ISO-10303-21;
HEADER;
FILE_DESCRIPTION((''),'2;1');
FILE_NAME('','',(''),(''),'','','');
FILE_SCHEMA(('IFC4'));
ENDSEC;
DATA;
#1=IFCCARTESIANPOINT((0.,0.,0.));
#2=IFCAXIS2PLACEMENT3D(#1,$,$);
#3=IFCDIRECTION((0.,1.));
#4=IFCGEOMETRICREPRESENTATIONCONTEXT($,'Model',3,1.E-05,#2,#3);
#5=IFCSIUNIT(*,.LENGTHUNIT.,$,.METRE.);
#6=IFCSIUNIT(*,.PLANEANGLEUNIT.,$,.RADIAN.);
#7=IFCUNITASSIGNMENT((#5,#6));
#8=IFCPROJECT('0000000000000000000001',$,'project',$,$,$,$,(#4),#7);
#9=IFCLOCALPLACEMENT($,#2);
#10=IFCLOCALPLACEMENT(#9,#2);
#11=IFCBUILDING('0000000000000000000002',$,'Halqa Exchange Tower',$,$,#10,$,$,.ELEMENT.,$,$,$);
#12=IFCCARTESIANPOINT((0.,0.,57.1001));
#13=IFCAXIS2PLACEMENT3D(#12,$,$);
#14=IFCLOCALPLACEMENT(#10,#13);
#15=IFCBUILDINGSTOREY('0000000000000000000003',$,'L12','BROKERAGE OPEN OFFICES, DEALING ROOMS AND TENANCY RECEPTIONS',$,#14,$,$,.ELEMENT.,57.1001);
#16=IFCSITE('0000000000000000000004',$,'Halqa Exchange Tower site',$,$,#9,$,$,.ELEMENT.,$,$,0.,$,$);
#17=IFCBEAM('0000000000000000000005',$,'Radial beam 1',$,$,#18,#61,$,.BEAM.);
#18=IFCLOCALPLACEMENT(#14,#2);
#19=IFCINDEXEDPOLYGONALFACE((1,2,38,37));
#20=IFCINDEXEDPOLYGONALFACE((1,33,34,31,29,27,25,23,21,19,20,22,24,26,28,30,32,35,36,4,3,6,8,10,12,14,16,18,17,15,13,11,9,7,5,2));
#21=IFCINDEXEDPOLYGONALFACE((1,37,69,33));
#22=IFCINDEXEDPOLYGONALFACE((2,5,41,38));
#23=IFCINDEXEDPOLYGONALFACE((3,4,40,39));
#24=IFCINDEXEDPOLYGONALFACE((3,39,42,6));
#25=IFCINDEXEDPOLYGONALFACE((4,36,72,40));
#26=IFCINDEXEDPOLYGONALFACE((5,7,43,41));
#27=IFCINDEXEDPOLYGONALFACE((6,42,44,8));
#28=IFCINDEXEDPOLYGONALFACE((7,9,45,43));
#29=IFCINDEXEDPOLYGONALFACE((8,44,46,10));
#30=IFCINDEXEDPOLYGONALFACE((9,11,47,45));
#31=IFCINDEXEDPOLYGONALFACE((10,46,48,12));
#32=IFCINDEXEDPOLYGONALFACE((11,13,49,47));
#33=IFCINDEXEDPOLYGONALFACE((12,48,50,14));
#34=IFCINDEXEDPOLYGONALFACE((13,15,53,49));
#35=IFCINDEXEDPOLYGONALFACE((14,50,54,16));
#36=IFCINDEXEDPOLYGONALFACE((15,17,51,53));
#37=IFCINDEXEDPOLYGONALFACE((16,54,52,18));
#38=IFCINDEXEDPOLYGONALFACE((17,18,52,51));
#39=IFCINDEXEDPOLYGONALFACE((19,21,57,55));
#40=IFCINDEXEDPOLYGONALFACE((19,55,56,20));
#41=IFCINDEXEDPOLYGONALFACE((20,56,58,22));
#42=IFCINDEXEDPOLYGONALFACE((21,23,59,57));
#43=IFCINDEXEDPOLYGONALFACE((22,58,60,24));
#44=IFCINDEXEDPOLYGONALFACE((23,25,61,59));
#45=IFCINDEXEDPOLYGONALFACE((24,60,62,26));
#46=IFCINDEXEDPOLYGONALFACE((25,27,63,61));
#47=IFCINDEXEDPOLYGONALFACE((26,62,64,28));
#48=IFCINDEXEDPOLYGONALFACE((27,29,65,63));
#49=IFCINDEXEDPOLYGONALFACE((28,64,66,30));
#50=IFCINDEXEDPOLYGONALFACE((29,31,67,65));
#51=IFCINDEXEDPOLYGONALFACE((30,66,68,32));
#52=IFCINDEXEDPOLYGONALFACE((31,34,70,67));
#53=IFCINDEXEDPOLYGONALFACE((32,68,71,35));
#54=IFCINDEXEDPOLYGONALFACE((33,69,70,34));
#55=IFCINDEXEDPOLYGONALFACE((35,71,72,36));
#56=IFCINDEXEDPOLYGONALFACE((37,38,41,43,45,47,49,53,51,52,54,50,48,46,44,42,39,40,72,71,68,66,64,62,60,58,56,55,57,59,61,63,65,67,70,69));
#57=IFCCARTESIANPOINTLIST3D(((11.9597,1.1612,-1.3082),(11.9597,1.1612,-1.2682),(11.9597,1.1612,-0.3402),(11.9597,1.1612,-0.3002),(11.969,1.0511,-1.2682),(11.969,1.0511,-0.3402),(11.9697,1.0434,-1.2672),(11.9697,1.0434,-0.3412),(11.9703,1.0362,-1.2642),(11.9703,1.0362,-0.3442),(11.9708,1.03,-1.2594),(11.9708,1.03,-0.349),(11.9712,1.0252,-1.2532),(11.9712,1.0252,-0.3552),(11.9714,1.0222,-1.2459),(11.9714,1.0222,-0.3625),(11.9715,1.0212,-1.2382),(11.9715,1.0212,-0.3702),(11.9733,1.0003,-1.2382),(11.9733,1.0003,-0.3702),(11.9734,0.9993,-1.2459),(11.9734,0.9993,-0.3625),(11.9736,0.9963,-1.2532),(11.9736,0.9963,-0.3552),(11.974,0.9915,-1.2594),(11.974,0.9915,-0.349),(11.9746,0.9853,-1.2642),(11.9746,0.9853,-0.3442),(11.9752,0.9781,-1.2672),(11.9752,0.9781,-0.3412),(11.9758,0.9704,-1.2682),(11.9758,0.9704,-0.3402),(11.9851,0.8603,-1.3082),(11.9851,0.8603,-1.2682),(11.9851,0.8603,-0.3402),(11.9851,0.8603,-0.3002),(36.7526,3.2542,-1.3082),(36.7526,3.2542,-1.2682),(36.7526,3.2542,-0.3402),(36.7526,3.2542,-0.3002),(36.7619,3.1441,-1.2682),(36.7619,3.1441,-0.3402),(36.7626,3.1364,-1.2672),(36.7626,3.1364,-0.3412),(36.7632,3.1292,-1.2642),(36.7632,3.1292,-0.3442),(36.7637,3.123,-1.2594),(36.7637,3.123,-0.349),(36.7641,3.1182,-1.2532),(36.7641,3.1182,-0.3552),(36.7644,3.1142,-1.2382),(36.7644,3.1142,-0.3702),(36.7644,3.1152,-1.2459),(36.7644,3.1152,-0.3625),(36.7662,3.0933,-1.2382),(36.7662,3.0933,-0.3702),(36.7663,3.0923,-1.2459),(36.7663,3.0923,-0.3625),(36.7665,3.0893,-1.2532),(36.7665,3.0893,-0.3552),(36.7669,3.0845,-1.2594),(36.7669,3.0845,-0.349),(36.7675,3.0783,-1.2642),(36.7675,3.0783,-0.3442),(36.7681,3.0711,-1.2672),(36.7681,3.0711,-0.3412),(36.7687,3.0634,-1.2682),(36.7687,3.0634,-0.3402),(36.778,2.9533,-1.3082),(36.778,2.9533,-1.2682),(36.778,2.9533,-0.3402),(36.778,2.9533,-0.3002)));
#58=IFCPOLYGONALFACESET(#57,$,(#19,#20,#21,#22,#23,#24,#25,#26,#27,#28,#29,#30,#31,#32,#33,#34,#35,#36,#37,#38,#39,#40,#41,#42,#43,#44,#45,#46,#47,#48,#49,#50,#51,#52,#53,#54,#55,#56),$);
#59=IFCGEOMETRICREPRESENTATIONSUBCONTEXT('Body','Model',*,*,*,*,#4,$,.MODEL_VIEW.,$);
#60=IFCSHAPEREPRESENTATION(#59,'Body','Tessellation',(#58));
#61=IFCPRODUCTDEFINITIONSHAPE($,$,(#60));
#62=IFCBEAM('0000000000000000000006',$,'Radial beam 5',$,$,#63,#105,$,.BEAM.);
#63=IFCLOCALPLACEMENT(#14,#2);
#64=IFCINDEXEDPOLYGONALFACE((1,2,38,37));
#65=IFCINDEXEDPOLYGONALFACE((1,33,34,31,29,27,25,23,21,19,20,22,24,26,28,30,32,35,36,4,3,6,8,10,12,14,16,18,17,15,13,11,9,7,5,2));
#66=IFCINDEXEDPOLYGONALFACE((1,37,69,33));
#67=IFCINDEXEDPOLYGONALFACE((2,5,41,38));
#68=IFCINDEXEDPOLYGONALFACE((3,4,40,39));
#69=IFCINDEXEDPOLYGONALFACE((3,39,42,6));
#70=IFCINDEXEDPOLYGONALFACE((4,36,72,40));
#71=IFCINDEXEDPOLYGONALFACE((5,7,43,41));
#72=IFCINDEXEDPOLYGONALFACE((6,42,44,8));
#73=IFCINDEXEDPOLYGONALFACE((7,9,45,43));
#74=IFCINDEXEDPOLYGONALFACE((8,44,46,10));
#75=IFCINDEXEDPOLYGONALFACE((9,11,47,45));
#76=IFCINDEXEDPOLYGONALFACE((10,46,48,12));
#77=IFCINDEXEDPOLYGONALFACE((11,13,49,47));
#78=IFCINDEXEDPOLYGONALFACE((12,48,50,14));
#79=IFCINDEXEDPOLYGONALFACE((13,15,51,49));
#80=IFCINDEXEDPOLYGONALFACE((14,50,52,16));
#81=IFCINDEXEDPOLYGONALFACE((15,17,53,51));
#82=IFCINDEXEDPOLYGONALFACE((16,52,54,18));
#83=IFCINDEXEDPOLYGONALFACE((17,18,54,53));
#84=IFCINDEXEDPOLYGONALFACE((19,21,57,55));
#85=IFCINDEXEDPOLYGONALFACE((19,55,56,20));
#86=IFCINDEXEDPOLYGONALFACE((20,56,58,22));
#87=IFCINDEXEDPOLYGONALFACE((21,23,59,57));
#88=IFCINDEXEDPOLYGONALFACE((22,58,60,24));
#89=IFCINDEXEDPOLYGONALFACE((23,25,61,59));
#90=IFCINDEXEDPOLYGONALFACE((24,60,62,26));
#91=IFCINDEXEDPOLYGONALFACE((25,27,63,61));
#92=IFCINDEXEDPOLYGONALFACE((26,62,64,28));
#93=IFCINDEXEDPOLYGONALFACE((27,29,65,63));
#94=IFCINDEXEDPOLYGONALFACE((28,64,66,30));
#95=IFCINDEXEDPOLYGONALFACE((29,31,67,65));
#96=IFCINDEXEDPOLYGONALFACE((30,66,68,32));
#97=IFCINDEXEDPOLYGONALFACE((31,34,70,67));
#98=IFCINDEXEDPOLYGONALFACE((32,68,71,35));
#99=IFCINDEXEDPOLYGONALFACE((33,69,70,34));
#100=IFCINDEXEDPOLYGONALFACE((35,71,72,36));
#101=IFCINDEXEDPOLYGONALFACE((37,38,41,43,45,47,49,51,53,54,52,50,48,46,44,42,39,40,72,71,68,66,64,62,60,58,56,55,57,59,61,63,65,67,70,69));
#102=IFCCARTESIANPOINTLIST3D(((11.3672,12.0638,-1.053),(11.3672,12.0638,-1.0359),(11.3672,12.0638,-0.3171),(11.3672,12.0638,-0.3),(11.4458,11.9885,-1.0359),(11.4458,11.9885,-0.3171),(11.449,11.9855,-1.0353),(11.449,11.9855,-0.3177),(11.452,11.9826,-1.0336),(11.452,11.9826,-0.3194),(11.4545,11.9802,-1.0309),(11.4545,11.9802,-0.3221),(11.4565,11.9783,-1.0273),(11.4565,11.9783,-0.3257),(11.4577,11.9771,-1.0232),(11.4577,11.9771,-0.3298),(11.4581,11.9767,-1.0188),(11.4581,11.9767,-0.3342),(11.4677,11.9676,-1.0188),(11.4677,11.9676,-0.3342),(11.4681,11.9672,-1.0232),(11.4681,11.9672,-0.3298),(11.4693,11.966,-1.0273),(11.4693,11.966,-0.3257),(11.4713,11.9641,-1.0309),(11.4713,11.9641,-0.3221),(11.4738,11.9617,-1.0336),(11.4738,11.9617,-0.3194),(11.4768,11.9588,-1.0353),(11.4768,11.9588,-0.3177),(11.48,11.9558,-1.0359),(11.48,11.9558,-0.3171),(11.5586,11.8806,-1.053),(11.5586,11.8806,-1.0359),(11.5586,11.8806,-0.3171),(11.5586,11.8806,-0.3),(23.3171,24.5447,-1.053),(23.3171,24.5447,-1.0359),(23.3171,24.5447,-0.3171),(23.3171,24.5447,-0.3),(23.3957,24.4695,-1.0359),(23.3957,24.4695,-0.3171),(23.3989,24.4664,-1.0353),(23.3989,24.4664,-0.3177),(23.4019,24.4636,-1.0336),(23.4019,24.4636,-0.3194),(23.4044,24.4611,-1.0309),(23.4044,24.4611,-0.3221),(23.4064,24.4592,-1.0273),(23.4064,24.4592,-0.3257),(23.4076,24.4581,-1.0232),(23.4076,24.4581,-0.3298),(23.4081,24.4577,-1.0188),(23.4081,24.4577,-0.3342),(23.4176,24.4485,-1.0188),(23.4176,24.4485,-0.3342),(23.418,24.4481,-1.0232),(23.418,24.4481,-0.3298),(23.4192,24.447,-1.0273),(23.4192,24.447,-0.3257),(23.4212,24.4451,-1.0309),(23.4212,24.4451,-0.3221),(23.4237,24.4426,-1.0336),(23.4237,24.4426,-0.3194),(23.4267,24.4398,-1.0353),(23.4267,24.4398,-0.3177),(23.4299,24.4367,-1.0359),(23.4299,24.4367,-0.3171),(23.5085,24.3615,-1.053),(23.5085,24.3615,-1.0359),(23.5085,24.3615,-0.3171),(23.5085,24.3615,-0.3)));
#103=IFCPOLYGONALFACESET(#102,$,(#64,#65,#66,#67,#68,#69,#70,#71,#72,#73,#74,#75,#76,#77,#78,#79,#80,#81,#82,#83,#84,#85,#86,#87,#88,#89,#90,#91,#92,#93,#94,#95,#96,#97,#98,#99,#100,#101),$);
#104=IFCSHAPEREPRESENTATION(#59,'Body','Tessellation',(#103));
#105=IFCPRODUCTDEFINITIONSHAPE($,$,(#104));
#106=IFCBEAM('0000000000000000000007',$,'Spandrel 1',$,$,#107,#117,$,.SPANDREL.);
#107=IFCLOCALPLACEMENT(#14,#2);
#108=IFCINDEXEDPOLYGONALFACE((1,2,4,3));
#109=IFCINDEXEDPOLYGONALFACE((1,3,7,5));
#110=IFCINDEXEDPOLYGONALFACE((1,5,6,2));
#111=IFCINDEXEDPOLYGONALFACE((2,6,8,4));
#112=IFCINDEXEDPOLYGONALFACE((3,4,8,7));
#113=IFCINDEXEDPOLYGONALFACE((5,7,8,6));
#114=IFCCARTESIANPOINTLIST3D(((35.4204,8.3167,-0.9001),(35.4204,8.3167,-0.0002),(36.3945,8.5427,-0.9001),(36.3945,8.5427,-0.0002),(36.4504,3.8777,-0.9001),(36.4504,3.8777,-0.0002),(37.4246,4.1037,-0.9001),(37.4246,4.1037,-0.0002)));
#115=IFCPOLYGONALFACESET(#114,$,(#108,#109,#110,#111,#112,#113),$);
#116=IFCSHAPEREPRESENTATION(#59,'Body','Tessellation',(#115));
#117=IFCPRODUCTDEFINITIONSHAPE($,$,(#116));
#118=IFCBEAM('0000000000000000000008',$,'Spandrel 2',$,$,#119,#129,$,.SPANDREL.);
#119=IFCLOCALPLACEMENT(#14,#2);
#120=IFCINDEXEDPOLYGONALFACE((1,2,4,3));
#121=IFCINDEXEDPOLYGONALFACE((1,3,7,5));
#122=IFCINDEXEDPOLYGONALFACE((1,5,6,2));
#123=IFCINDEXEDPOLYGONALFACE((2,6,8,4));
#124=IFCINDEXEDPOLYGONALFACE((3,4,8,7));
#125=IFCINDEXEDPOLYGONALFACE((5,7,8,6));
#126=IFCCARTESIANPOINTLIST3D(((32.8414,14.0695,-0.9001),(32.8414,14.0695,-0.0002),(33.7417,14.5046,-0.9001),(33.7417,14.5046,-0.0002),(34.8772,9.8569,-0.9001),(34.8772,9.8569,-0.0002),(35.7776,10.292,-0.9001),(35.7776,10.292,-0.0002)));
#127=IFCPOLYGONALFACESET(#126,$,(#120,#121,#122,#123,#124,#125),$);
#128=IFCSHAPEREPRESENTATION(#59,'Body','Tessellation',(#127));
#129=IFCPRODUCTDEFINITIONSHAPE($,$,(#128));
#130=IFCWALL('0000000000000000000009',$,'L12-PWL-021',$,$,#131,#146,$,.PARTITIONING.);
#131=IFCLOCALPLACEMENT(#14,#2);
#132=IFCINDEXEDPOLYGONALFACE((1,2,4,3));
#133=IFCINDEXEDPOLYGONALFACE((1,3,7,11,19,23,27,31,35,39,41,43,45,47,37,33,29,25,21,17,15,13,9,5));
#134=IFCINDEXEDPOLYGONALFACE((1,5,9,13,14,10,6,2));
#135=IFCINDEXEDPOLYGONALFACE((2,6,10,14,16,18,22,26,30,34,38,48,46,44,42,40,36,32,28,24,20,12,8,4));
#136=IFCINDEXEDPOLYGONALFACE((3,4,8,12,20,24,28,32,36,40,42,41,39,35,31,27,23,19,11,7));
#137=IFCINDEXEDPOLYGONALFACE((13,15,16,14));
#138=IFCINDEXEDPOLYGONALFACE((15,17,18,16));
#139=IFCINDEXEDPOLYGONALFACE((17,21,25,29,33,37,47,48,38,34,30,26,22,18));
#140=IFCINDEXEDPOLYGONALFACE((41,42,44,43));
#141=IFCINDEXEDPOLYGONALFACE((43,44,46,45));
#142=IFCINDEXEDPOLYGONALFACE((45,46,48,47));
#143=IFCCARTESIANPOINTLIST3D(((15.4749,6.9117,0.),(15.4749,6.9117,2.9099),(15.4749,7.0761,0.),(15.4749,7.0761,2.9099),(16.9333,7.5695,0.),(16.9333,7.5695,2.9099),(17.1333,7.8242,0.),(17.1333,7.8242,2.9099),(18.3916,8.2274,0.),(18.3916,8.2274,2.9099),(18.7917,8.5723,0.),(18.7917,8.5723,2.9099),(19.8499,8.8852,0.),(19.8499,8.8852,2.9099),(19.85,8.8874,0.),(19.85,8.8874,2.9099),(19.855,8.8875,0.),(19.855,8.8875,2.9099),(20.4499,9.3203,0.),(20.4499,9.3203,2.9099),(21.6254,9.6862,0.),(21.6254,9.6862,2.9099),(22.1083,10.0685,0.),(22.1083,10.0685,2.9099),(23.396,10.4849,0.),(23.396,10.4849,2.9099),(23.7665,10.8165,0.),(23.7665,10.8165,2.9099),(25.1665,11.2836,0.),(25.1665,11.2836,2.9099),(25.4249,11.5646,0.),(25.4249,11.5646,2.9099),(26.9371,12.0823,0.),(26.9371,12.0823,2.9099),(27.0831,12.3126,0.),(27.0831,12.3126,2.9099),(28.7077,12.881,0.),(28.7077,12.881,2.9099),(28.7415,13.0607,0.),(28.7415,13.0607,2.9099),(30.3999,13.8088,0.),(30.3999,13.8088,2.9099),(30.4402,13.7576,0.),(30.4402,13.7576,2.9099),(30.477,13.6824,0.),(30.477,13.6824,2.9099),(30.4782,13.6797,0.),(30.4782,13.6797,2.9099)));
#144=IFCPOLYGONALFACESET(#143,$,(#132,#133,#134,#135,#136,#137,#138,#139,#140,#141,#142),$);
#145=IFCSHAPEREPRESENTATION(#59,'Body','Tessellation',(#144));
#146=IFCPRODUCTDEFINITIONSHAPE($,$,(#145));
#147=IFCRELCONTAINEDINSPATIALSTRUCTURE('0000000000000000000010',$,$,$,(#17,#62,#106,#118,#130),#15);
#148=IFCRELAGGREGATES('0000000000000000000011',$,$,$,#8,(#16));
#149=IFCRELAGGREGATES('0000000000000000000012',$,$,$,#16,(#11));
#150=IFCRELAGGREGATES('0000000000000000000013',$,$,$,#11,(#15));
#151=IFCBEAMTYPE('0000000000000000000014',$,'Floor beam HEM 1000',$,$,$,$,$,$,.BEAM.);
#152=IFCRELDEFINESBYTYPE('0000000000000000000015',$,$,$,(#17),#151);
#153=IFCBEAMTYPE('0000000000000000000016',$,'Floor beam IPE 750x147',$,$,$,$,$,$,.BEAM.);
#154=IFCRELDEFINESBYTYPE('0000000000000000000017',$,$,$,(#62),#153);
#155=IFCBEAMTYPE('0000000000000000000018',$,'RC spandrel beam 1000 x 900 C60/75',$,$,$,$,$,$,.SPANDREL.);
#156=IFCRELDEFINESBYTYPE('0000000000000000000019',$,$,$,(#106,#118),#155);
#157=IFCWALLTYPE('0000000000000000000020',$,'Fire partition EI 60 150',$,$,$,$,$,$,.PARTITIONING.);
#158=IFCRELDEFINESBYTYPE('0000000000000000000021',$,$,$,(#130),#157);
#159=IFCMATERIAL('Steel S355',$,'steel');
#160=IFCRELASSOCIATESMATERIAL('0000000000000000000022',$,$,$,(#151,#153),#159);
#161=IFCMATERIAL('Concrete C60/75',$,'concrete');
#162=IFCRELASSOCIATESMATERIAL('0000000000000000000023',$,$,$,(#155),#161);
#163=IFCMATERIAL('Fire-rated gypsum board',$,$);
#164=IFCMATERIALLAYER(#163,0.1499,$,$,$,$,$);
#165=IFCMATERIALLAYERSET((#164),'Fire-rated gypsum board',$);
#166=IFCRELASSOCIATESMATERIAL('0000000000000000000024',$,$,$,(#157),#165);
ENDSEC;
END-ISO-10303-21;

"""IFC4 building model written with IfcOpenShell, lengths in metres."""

from ifc_helpers import new_model, si_unit, direction, frame, origin, origin_2d, place, context, subcontext, project, spatial, polyline, rectangle, i_section, outline, extrude, material, layer, layer_set, material_profile, profile_set, type_object, element, save


model = new_model("IFC4")

# Units and contexts
model_context = context("Model", 3, precision=1e-05, world=origin(), true_north=direction((0.0, 1.0)))
body_context = subcontext(model_context, "Body", "Model", "MODEL_VIEW")
ifc_project = project(units=[si_unit("LENGTHUNIT", "METRE"), si_unit("PLANEANGLEUNIT", "RADIAN")], contexts=[model_context])

# Site, building, storey
site_placement = place(None, origin())
site = spatial("IfcSite", under=ifc_project, at=site_placement, Name="Halqa Exchange Tower site", CompositionType="ELEMENT", RefElevation=0.0)
building_placement = place(site_placement, origin())
building = spatial("IfcBuilding", under=site, at=building_placement, Name="Halqa Exchange Tower", CompositionType="ELEMENT")
storey_placement = place(building_placement, frame((0.0, 0.0, 57.1001)))
storey = spatial("IfcBuildingStorey", under=building, at=storey_placement, Name="L12", Description="BROKERAGE OPEN OFFICES, DEALING ROOMS AND TENANCY RECEPTIONS", CompositionType="ELEMENT", Elevation=57.1001)

# Beams
ifc_material_1 = material(Name="Steel S355", Category="steel")
ifc_material_profile_1 = material_profile(ifc_material_1, i_section(OverallWidth=0.302, OverallDepth=1.0081, WebThickness=0.021, FlangeThickness=0.04, FilletRadius=0.03, at=origin_2d()), Name="HEM 1000")
ifc_profile_set_1 = profile_set([ifc_material_profile_1], Name="Steel S355")
beam_type_1 = type_object("IfcBeamType", Name="Floor beam HEM 1000", PredefinedType="BEAM", material=ifc_profile_set_1)
beam_1_placement = place(storey_placement, frame((11.9724, 1.0107, -0.8042), z_axis=(0.996456, 0.084121, 0.0), x_axis=(-0.084121, 0.996456, 0.0)))
element("IfcBeam", 1, at=beam_1_placement, inside=storey, type_object=beam_type_1, Name="Radial beam 1", PredefinedType="BEAM", context=body_context, shape_type="SweptSolid", body=[
    extrude(i_section(OverallWidth=0.302, OverallDepth=1.0081, WebThickness=0.021, FlangeThickness=0.04, FilletRadius=0.03, at=origin_2d()), origin(), (0.0, 0.0, 1.0), 24.8811),
])
ifc_material_profile_2 = material_profile(ifc_material_1, i_section(OverallWidth=0.2649, OverallDepth=0.7529, WebThickness=0.0132, FlangeThickness=0.0171, FilletRadius=0.0171, at=origin_2d()), Name="IPE 750x147")
ifc_profile_set_2 = profile_set([ifc_material_profile_2], Name="Steel S355")
beam_type_2 = type_object("IfcBeamType", Name="Floor beam IPE 750x147", PredefinedType="BEAM", material=ifc_profile_set_2)
beam_2_placement = place(storey_placement, frame((11.4629, 11.9722, -0.6765), z_axis=(0.691574, 0.722305, 0.0), x_axis=(-0.722305, 0.691574, 0.0)))
element("IfcBeam", 2, at=beam_2_placement, inside=storey, type_object=beam_type_2, Name="Radial beam 5", PredefinedType="BEAM", context=body_context, shape_type="SweptSolid", body=[
    extrude(i_section(OverallWidth=0.2649, OverallDepth=0.7529, WebThickness=0.0132, FlangeThickness=0.0171, FilletRadius=0.0171, at=origin_2d()), origin(), (0.0, 0.0, 1.0), 17.2793),
])
ifc_material_2 = material(Name="Concrete C60/75", Category="concrete")
ifc_material_profile_3 = material_profile(ifc_material_2, rectangle(XDim=1.0, YDim=0.8999, at=origin_2d()), Name="1000 x 900")
ifc_profile_set_3 = profile_set([ifc_material_profile_3], Name="Concrete C60/75")
beam_type_3 = type_object("IfcBeamType", Name="RC spandrel beam 1000 x 900 C60/75", PredefinedType="SPANDREL", material=ifc_profile_set_3)
beam_3_placement = place(storey_placement, frame((36.9375, 3.9907, -0.4502), z_axis=(-0.226037, 0.974119, 0.0), x_axis=(-0.974119, -0.226037, 0.0)))
element("IfcBeam", 3, at=beam_3_placement, inside=storey, type_object=beam_type_3, Name="Spandrel 1", PredefinedType="SPANDREL", context=body_context, shape_type="SweptSolid", body=[
    extrude(rectangle(XDim=1.0, YDim=0.8999, at=origin_2d()), origin(), (0.0, 0.0, 1.0), 4.5569),
])
beam_4_placement = place(storey_placement, frame((35.3274, 10.0745, -0.4502), z_axis=(-0.43513, 0.900368, 0.0), x_axis=(-0.900368, -0.43513, 0.0)))
element("IfcBeam", 4, at=beam_4_placement, inside=storey, type_object=beam_type_3, Name="Spandrel 2", PredefinedType="SPANDREL", context=body_context, shape_type="SweptSolid", body=[
    extrude(rectangle(XDim=1.0, YDim=0.8999, at=origin_2d()), origin(), (0.0, 0.0, 1.0), 4.6787),
])

# Wall
ifc_material_3 = material(Name="Fire-rated gypsum board")
ifc_layer_1 = layer(ifc_material_3, 0.1499)
ifc_layer_set_1 = layer_set([ifc_layer_1], Name="Fire-rated gypsum board")
wall_type_1 = type_object("IfcWallType", Name="Fire partition EI 60 150", PredefinedType="PARTITIONING", material=ifc_layer_set_1)
wall_1_placement = place(storey_placement, frame((15.4441, 6.98, 0.0), z_axis=(0.0, 0.0, 1.0), x_axis=(0.911545, 0.4112, 0.0)))
element("IfcWall", 5, at=wall_1_placement, inside=storey, type_object=wall_type_1, Name="L12-PWL-021", PredefinedType="PARTITIONING", context=body_context, shape_type="SweptSolid", body=[
    extrude(outline(polyline([(0.0, -0.075), (1.5999, -0.075), (3.1997, -0.075), (4.7996, -0.075), (4.8005, -0.073), (4.8052, -0.075), (6.7473, -0.075), (8.6897, -0.075), (10.6321, -0.075), (12.5745, -0.075), (14.5168, -0.075), (16.4592, -0.075), (16.4592, -0.072), (16.4565, 0.0117), (16.4409, 0.075), (14.6216, 0.075), (12.8022, 0.075), (10.9832, 0.075), (9.1638, 0.075), (7.3447, 0.075), (5.5254, 0.075), (3.7063, 0.075), (1.887, 0.075), (0.0676, 0.075), (0.0, -0.075)])), origin(), (0.0, 0.0, 1.0), 2.9099),
])

save(model, "model.ifc")
